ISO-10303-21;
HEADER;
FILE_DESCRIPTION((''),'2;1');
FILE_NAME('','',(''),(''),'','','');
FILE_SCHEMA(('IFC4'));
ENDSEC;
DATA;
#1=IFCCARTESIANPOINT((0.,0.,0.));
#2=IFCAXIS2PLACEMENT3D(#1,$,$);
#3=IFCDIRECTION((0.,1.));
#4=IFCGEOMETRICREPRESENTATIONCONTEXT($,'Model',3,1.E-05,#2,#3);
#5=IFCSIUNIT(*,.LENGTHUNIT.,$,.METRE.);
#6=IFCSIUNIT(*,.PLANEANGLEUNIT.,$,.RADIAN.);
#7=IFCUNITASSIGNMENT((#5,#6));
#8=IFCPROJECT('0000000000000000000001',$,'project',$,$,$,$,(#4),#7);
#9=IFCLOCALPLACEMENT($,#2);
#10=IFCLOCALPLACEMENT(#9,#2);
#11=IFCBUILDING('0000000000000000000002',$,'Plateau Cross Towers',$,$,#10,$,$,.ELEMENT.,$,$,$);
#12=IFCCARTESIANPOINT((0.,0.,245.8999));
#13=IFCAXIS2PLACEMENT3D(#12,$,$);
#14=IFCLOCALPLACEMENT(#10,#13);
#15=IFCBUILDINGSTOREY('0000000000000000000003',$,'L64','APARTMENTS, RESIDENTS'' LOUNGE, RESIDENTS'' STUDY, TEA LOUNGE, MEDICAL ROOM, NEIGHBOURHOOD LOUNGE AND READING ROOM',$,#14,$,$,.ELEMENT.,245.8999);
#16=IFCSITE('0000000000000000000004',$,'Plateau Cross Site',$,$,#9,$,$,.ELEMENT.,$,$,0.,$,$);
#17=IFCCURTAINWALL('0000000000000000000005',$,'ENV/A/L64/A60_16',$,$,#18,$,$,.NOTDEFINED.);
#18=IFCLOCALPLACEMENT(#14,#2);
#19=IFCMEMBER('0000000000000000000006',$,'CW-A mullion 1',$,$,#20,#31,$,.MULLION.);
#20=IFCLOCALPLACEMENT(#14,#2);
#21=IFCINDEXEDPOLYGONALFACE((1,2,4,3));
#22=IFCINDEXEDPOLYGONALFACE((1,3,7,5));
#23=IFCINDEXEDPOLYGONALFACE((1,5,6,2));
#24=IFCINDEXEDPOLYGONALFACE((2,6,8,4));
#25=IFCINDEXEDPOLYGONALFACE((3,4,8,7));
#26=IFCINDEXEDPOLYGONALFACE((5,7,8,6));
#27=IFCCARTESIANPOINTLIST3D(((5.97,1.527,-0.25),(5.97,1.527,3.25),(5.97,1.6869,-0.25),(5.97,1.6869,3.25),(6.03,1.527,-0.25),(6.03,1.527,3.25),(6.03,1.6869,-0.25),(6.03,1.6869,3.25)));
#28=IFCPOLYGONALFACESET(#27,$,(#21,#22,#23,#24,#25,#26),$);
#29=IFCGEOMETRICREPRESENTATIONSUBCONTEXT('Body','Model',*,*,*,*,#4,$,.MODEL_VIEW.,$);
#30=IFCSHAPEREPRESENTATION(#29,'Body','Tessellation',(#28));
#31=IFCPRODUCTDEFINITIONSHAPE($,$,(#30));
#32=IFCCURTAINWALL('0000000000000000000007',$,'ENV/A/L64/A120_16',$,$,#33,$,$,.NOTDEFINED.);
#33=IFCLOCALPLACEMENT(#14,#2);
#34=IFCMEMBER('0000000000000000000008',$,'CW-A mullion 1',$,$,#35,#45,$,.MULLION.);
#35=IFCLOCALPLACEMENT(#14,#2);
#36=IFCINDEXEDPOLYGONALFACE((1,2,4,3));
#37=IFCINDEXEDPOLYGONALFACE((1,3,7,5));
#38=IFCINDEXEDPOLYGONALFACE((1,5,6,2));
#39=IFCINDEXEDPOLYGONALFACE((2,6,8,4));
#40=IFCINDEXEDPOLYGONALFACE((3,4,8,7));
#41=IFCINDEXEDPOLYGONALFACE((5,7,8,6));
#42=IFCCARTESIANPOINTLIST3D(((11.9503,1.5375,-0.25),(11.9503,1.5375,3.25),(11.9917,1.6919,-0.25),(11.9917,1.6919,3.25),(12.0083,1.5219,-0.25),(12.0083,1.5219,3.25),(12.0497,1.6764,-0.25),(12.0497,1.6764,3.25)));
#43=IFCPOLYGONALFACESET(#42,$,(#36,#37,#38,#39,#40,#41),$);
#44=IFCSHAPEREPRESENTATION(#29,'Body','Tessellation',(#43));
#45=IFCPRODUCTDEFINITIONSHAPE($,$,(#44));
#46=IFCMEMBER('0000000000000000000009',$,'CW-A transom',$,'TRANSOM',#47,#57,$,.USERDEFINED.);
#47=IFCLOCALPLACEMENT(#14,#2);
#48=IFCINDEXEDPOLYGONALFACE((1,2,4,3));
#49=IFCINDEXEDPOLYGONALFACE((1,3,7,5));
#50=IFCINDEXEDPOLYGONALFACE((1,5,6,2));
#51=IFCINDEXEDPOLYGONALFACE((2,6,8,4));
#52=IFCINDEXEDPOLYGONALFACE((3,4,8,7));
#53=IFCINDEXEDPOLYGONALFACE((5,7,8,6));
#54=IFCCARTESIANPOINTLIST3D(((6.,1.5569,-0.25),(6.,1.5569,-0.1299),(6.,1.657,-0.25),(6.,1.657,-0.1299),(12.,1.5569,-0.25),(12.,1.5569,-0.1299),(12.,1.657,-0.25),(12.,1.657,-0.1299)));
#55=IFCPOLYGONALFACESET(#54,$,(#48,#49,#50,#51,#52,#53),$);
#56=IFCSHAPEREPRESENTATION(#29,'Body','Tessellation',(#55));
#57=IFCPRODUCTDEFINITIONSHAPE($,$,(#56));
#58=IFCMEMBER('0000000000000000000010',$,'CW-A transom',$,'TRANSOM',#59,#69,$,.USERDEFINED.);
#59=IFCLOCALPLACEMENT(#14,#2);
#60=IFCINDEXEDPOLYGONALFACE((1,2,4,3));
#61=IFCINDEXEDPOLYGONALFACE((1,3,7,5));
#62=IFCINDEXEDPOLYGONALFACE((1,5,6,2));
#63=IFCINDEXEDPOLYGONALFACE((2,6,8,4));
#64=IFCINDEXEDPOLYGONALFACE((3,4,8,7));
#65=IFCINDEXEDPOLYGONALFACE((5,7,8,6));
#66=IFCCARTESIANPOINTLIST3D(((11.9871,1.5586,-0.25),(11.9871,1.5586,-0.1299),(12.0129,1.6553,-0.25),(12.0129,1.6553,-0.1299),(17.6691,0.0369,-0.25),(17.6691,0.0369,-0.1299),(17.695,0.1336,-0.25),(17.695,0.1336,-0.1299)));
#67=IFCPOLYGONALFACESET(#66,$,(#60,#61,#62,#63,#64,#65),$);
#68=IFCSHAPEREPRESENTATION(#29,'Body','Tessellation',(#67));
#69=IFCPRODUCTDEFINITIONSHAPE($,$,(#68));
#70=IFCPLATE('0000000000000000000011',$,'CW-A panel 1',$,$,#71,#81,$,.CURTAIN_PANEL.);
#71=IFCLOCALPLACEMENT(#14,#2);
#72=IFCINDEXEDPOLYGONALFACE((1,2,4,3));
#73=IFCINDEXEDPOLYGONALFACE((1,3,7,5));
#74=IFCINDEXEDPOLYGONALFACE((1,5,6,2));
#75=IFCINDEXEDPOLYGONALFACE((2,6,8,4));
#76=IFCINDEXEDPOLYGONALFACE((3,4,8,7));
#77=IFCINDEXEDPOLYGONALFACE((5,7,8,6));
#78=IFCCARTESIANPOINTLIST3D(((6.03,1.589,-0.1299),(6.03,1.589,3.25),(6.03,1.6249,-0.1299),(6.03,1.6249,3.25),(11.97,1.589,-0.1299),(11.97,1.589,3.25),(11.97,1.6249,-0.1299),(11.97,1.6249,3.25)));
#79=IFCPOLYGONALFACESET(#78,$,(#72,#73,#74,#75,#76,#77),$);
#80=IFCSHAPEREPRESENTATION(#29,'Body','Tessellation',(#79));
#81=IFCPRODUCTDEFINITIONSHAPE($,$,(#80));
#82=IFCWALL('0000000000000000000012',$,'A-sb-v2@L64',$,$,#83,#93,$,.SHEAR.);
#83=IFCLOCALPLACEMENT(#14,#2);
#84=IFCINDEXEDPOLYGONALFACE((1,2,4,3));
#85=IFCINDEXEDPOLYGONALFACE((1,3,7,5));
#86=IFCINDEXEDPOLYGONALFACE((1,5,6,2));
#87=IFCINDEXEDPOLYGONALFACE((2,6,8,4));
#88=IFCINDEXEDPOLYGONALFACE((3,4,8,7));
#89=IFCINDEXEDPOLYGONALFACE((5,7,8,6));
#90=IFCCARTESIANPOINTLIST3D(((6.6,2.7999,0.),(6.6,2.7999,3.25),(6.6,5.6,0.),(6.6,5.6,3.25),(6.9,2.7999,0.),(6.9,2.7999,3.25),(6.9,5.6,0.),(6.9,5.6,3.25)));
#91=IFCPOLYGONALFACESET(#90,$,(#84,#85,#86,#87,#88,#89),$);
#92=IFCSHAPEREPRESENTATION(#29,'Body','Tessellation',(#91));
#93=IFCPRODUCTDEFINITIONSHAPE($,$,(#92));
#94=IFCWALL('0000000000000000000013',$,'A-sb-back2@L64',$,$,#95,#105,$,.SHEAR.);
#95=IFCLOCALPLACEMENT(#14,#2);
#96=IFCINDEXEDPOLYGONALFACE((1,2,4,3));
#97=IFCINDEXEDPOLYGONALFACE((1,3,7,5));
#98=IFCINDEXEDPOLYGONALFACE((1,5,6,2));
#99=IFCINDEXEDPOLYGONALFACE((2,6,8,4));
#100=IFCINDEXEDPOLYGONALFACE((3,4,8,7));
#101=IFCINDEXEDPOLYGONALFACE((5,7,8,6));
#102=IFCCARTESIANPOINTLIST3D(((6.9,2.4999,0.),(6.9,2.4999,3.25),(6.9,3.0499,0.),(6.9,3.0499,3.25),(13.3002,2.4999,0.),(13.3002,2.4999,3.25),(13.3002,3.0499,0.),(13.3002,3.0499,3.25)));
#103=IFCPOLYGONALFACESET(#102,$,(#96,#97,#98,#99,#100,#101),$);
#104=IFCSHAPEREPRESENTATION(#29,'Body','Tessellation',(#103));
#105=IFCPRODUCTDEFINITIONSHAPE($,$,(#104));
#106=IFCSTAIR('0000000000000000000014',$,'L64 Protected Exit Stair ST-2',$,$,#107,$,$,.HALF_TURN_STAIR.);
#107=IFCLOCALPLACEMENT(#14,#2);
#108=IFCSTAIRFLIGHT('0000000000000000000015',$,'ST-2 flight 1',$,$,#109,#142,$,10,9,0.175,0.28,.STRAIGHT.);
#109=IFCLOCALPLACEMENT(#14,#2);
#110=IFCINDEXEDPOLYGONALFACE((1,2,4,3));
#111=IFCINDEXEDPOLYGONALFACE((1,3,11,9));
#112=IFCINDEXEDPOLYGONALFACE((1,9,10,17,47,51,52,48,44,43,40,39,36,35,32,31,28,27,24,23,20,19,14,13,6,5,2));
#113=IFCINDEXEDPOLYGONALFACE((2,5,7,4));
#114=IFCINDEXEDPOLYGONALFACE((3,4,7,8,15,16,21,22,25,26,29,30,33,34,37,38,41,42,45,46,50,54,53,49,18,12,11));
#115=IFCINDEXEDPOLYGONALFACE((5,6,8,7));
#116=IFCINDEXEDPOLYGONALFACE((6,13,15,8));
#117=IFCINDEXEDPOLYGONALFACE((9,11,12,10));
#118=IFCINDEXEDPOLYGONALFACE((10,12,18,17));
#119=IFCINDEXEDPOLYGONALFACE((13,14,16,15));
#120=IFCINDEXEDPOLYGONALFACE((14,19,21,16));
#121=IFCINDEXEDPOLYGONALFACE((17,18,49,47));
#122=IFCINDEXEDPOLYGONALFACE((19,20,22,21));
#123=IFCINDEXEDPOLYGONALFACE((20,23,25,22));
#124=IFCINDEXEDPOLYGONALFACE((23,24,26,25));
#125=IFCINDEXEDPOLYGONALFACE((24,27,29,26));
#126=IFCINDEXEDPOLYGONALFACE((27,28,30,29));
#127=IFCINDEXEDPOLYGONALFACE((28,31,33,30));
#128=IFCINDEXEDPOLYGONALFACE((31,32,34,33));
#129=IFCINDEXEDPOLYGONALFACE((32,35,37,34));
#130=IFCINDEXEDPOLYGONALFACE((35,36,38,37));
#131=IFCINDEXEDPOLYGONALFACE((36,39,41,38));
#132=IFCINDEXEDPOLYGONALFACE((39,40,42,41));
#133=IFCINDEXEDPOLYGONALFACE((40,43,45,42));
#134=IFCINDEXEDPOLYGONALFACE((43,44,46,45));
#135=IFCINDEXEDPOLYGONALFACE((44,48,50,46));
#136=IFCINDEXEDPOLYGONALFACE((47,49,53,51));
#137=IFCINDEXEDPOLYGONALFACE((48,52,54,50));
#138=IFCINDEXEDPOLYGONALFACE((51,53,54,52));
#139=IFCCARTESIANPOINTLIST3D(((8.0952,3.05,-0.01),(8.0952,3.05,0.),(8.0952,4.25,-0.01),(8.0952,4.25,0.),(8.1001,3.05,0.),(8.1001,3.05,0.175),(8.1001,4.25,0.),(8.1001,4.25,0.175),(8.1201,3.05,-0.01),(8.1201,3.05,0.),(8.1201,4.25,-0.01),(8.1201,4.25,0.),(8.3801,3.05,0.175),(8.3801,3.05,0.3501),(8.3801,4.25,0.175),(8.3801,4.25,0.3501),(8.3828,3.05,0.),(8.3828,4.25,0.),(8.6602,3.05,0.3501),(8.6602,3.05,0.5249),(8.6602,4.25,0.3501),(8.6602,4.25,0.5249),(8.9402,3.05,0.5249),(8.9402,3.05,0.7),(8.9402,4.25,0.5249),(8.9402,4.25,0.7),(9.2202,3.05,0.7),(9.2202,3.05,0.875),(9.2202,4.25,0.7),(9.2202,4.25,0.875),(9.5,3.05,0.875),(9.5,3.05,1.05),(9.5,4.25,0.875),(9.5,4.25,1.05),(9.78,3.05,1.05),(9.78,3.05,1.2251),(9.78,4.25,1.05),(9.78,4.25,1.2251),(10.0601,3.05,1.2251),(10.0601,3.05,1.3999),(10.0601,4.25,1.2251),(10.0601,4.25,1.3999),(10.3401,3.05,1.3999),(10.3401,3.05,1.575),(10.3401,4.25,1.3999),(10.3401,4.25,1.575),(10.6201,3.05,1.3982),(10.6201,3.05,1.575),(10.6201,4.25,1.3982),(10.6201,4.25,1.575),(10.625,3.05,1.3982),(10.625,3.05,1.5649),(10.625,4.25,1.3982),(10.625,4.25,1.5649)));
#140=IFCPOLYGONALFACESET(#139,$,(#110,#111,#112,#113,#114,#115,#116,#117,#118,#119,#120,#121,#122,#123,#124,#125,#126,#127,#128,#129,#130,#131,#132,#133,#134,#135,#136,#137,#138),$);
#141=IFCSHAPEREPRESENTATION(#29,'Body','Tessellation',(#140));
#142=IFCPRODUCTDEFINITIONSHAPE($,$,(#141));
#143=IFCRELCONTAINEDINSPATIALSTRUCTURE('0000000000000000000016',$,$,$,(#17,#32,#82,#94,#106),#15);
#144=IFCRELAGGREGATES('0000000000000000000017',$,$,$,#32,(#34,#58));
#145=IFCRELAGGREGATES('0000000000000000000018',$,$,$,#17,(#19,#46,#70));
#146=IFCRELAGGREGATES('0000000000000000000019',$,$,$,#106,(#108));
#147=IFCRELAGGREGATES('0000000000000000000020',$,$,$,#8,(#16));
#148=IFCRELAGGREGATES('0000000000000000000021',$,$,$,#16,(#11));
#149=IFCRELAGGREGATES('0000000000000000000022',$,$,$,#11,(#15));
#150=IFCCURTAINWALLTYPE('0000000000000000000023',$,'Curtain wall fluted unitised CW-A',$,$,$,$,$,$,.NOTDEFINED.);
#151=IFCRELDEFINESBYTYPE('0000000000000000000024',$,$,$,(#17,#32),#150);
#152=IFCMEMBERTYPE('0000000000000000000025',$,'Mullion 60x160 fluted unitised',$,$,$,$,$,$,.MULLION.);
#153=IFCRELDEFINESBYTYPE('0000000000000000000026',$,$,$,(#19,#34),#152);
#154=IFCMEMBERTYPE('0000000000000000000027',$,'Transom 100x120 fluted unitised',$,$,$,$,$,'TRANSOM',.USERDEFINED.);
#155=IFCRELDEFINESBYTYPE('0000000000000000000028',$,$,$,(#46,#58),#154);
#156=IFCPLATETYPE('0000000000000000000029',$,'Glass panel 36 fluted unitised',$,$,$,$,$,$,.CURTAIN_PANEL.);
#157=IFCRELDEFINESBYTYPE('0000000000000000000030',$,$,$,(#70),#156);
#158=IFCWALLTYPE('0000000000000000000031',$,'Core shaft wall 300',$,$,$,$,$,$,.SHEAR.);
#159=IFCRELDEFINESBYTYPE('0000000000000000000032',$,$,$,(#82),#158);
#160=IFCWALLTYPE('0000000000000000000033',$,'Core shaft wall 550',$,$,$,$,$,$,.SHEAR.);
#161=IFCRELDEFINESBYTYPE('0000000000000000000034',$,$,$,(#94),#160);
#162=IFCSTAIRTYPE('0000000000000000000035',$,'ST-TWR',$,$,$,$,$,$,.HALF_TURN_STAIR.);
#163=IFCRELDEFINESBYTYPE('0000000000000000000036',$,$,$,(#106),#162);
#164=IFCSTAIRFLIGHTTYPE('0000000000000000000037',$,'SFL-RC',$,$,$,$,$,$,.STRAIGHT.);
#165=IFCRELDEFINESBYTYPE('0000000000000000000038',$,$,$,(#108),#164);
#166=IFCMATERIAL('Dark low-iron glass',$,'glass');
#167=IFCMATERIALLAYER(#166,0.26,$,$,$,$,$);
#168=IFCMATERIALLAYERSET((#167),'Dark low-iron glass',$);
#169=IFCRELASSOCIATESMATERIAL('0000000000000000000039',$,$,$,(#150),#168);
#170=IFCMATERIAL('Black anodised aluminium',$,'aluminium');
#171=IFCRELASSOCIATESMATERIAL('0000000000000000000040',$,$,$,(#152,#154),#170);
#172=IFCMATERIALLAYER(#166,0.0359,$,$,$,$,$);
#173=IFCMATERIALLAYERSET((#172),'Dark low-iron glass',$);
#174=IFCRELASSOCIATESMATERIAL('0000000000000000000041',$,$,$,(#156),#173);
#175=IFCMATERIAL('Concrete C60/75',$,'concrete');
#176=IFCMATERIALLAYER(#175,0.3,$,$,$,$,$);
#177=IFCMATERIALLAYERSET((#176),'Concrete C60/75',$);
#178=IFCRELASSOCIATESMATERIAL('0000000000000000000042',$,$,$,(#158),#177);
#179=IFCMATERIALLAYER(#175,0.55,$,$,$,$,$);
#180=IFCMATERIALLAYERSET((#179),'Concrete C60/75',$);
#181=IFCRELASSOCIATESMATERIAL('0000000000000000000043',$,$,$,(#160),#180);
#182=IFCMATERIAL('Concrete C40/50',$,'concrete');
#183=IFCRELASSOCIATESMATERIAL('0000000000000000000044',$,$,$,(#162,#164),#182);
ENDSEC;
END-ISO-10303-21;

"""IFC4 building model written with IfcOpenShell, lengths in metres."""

from ifc_helpers import new_model, si_unit, direction, frame, frame_2d, origin, origin_2d, place, context, subcontext, project, spatial, polyline, rectangle, outline, extrude, material, layer, layer_set, material_profile, profile_set, type_object, element, aggregate, save


model = new_model("IFC4")

# Units and contexts
model_context = context("Model", 3, precision=1e-05, world=origin(), true_north=direction((0.0, 1.0)))
body_context = subcontext(model_context, "Body", "Model", "MODEL_VIEW")
ifc_project = project(units=[si_unit("LENGTHUNIT", "METRE"), si_unit("PLANEANGLEUNIT", "RADIAN")], contexts=[model_context])

# Site, building, storey
site_placement = place(None, origin())
site = spatial("IfcSite", under=ifc_project, at=site_placement, Name="Plateau Cross Site", CompositionType="ELEMENT", RefElevation=0.0)
building_placement = place(site_placement, origin())
building = spatial("IfcBuilding", under=site, at=building_placement, Name="Plateau Cross Towers", CompositionType="ELEMENT")
storey_placement = place(building_placement, frame((0.0, 0.0, 245.8999)))
storey = spatial("IfcBuildingStorey", under=building, at=storey_placement, Name="L64", Description="APARTMENTS, RESIDENTS' LOUNGE, RESIDENTS' STUDY, TEA LOUNGE, MEDICAL ROOM, NEIGHBOURHOOD LOUNGE AND READING ROOM", CompositionType="ELEMENT", Elevation=245.8999)

# Curtain walls, members
ifc_material_1 = material(Name="Dark low-iron glass", Category="glass")
ifc_layer_1 = layer(ifc_material_1, 0.26)
ifc_layer_set_1 = layer_set([ifc_layer_1], Name="Dark low-iron glass")
curtain_wall_type = type_object("IfcCurtainWallType", Name="Curtain wall fluted unitised CW-A", PredefinedType="NOTDEFINED", material=ifc_layer_set_1)
curtain_wall_1_placement = place(storey_placement, origin())
curtain_wall_1 = element("IfcCurtainWall", 1, at=curtain_wall_1_placement, inside=storey, type_object=curtain_wall_type, Name="ENV/A/L64/A60_16", PredefinedType="NOTDEFINED")
ifc_material_2 = material(Name="Black anodised aluminium", Category="aluminium")
ifc_material_profile_1 = material_profile(ifc_material_2, rectangle(XDim=0.0601, YDim=0.1599, at=origin_2d()), Name="MULLION 60x160")
ifc_profile_set_1 = profile_set([ifc_material_profile_1], Name="Black anodised aluminium")
member_type_1 = type_object("IfcMemberType", Name="Mullion 60x160 fluted unitised", PredefinedType="MULLION", material=ifc_profile_set_1)
member_1_placement = place(storey_placement, frame((6.0, 1.6069, -0.25), z_axis=(0.0, 0.0, 1.0), x_axis=(1.0, 0.0, 0.0)))
member_1 = element("IfcMember", 2, at=member_1_placement, type_object=member_type_1, Name="CW-A mullion 1", PredefinedType="MULLION", context=body_context, shape_type="SweptSolid", body=[
    extrude(rectangle(XDim=0.0601, YDim=0.1599, at=origin_2d()), origin(), (0.0, 0.0, 1.0), 3.5),
])
curtain_wall_2_placement = place(storey_placement, origin())
curtain_wall_2 = element("IfcCurtainWall", 3, at=curtain_wall_2_placement, inside=storey, type_object=curtain_wall_type, Name="ENV/A/L64/A120_16", PredefinedType="NOTDEFINED")
member_2_placement = place(storey_placement, frame((12.0, 1.6069, -0.25), z_axis=(0.0, 0.0, 1.0), x_axis=(0.965958, -0.258699, 0.0)))
member_2 = element("IfcMember", 4, at=member_2_placement, type_object=member_type_1, Name="CW-A mullion 1", PredefinedType="MULLION", context=body_context, shape_type="SweptSolid", body=[
    extrude(rectangle(XDim=0.0601, YDim=0.1599, at=origin_2d()), origin(), (0.0, 0.0, 1.0), 3.5),
])

# Members
ifc_material_profile_2 = material_profile(ifc_material_2, rectangle(XDim=0.1001, YDim=0.1201, at=origin_2d()), Name="TRANSOM 100x120")
ifc_profile_set_2 = profile_set([ifc_material_profile_2], Name="Black anodised aluminium")
member_type_2 = type_object("IfcMemberType", Name="Transom 100x120 fluted unitised", ElementType="TRANSOM", PredefinedType="USERDEFINED", material=ifc_profile_set_2)
member_3_placement = place(storey_placement, frame((6.0, 1.6069, -0.1899), z_axis=(1.0, 0.0, 0.0), x_axis=(0.0, 1.0, 0.0)))
member_3 = element("IfcMember", 5, at=member_3_placement, type_object=member_type_2, Name="CW-A transom", ObjectType="TRANSOM", PredefinedType="USERDEFINED", context=body_context, shape_type="SweptSolid", body=[
    extrude(rectangle(XDim=0.1001, YDim=0.1201, at=origin_2d()), origin(), (0.0, 0.0, 1.0), 6.0),
])
member_4_placement = place(storey_placement, frame((12.0, 1.6069, -0.1899), z_axis=(0.96596, -0.258693, 0.0), x_axis=(0.258693, 0.96596, 0.0)))
member_4 = element("IfcMember", 6, at=member_4_placement, type_object=member_type_2, Name="CW-A transom", ObjectType="TRANSOM", PredefinedType="USERDEFINED", context=body_context, shape_type="SweptSolid", body=[
    extrude(rectangle(XDim=0.1001, YDim=0.1201, at=origin_2d()), origin(), (0.0, 0.0, 1.0), 5.8823),
])
aggregate(curtain_wall_2, [member_2, member_4])

# Plate
ifc_layer_2 = layer(ifc_material_1, 0.0359)
ifc_layer_set_2 = layer_set([ifc_layer_2], Name="Dark low-iron glass")
plate_type = type_object("IfcPlateType", Name="Glass panel 36 fluted unitised", PredefinedType="CURTAIN_PANEL", material=ifc_layer_set_2)
plate_placement = place(storey_placement, frame((9.0, 1.6069, -0.1299), z_axis=(0.0, 0.0, 1.0), x_axis=(1.0, 0.0, 0.0)))
plate = element("IfcPlate", 7, at=plate_placement, type_object=plate_type, Name="CW-A panel 1", PredefinedType="CURTAIN_PANEL", context=body_context, shape_type="SweptSolid", body=[
    extrude(rectangle(XDim=5.9399, YDim=0.0359, at=origin_2d()), origin(), (0.0, 0.0, 1.0), 3.3799),
])
aggregate(curtain_wall_1, [member_1, member_3, plate])

# Walls
ifc_material_3 = material(Name="Concrete C60/75", Category="concrete")
ifc_layer_3 = layer(ifc_material_3, 0.3)
ifc_layer_set_3 = layer_set([ifc_layer_3], Name="Concrete C60/75")
wall_type_1 = type_object("IfcWallType", Name="Core shaft wall 300", PredefinedType="SHEAR", material=ifc_layer_set_3)
wall_1_placement = place(storey_placement, frame((6.75, 2.8, 0.0), z_axis=(0.0, 0.0, 1.0), x_axis=(0.0, 1.0, 0.0)))
element("IfcWall", 8, at=wall_1_placement, inside=storey, type_object=wall_type_1, Name="A-sb-v2@L64", PredefinedType="SHEAR", context=body_context, shape_type="SweptSolid", body=[
    extrude(rectangle(XDim=2.8, YDim=0.3, at=frame_2d((1.3999, 0.0))), origin(), (0.0, 0.0, 1.0), 3.25),
])
ifc_layer_4 = layer(ifc_material_3, 0.55)
ifc_layer_set_4 = layer_set([ifc_layer_4], Name="Concrete C60/75")
wall_type_2 = type_object("IfcWallType", Name="Core shaft wall 550", PredefinedType="SHEAR", material=ifc_layer_set_4)
wall_2_placement = place(storey_placement, frame((6.8999, 2.7749, 0.0), z_axis=(0.0, 0.0, 1.0), x_axis=(1.0, 0.0, 0.0)))
element("IfcWall", 9, at=wall_2_placement, inside=storey, type_object=wall_type_2, Name="A-sb-back2@L64", PredefinedType="SHEAR", context=body_context, shape_type="SweptSolid", body=[
    extrude(rectangle(XDim=6.4001, YDim=0.55, at=frame_2d((3.2002, 0.0))), origin(), (0.0, 0.0, 1.0), 3.25),
])

# Stair, stair flight
ifc_material_4 = material(Name="Concrete C40/50", Category="concrete")
stair_type = type_object("IfcStairType", Name="ST-TWR", PredefinedType="HALF_TURN_STAIR", material=ifc_material_4)
stair_placement = place(storey_placement, origin())
stair = element("IfcStair", 10, at=stair_placement, inside=storey, type_object=stair_type, Name="L64 Protected Exit Stair ST-2", PredefinedType="HALF_TURN_STAIR")
stair_flight_type = type_object("IfcStairFlightType", Name="SFL-RC", PredefinedType="STRAIGHT", material=ifc_material_4)
stair_flight_placement = place(storey_placement, frame((8.1001, 3.6499, 0.0), z_axis=(0.0, 0.0, 1.0), x_axis=(1.0, 0.0, 0.0)))
stair_flight = element("IfcStairFlight", 11, at=stair_flight_placement, type_object=stair_flight_type, Name="ST-2 flight 1", NumberOfRisers=10, NumberOfTreads=9, PredefinedType="STRAIGHT", RiserHeight=0.175, TreadLength=0.28, context=body_context, shape_type="SweptSolid", body=[
    extrude(outline(polyline([(-0.0049, -0.01), (-0.0049, 0.0), (0.0, 0.0), (0.0, 0.175), (0.28, 0.175), (0.28, 0.3501), (0.5601, 0.3501), (0.5601, 0.5249), (0.8401, 0.5249), (0.8401, 0.7), (1.1201, 0.7), (1.1201, 0.875), (1.3999, 0.875), (1.3999, 1.05), (1.6799, 1.05), (1.6799, 1.2251), (1.96, 1.2251), (1.96, 1.3999), (2.24, 1.3999), (2.24, 1.575), (2.52, 1.575), (2.5249, 1.5649), (2.5249, 1.3982), (2.52, 1.3982), (0.2827, 0.0), (0.02, 0.0), (0.02, -0.01), (-0.0049, -0.01)])), frame((0.0, 0.6001, 0.0), z_axis=(0.0, -1.0, 0.0), x_axis=(1.0, 0.0, 0.0)), (0.0, 0.0, 1.0), 1.2),
])
aggregate(stair, [stair_flight])

save(model, "model.ifc")
